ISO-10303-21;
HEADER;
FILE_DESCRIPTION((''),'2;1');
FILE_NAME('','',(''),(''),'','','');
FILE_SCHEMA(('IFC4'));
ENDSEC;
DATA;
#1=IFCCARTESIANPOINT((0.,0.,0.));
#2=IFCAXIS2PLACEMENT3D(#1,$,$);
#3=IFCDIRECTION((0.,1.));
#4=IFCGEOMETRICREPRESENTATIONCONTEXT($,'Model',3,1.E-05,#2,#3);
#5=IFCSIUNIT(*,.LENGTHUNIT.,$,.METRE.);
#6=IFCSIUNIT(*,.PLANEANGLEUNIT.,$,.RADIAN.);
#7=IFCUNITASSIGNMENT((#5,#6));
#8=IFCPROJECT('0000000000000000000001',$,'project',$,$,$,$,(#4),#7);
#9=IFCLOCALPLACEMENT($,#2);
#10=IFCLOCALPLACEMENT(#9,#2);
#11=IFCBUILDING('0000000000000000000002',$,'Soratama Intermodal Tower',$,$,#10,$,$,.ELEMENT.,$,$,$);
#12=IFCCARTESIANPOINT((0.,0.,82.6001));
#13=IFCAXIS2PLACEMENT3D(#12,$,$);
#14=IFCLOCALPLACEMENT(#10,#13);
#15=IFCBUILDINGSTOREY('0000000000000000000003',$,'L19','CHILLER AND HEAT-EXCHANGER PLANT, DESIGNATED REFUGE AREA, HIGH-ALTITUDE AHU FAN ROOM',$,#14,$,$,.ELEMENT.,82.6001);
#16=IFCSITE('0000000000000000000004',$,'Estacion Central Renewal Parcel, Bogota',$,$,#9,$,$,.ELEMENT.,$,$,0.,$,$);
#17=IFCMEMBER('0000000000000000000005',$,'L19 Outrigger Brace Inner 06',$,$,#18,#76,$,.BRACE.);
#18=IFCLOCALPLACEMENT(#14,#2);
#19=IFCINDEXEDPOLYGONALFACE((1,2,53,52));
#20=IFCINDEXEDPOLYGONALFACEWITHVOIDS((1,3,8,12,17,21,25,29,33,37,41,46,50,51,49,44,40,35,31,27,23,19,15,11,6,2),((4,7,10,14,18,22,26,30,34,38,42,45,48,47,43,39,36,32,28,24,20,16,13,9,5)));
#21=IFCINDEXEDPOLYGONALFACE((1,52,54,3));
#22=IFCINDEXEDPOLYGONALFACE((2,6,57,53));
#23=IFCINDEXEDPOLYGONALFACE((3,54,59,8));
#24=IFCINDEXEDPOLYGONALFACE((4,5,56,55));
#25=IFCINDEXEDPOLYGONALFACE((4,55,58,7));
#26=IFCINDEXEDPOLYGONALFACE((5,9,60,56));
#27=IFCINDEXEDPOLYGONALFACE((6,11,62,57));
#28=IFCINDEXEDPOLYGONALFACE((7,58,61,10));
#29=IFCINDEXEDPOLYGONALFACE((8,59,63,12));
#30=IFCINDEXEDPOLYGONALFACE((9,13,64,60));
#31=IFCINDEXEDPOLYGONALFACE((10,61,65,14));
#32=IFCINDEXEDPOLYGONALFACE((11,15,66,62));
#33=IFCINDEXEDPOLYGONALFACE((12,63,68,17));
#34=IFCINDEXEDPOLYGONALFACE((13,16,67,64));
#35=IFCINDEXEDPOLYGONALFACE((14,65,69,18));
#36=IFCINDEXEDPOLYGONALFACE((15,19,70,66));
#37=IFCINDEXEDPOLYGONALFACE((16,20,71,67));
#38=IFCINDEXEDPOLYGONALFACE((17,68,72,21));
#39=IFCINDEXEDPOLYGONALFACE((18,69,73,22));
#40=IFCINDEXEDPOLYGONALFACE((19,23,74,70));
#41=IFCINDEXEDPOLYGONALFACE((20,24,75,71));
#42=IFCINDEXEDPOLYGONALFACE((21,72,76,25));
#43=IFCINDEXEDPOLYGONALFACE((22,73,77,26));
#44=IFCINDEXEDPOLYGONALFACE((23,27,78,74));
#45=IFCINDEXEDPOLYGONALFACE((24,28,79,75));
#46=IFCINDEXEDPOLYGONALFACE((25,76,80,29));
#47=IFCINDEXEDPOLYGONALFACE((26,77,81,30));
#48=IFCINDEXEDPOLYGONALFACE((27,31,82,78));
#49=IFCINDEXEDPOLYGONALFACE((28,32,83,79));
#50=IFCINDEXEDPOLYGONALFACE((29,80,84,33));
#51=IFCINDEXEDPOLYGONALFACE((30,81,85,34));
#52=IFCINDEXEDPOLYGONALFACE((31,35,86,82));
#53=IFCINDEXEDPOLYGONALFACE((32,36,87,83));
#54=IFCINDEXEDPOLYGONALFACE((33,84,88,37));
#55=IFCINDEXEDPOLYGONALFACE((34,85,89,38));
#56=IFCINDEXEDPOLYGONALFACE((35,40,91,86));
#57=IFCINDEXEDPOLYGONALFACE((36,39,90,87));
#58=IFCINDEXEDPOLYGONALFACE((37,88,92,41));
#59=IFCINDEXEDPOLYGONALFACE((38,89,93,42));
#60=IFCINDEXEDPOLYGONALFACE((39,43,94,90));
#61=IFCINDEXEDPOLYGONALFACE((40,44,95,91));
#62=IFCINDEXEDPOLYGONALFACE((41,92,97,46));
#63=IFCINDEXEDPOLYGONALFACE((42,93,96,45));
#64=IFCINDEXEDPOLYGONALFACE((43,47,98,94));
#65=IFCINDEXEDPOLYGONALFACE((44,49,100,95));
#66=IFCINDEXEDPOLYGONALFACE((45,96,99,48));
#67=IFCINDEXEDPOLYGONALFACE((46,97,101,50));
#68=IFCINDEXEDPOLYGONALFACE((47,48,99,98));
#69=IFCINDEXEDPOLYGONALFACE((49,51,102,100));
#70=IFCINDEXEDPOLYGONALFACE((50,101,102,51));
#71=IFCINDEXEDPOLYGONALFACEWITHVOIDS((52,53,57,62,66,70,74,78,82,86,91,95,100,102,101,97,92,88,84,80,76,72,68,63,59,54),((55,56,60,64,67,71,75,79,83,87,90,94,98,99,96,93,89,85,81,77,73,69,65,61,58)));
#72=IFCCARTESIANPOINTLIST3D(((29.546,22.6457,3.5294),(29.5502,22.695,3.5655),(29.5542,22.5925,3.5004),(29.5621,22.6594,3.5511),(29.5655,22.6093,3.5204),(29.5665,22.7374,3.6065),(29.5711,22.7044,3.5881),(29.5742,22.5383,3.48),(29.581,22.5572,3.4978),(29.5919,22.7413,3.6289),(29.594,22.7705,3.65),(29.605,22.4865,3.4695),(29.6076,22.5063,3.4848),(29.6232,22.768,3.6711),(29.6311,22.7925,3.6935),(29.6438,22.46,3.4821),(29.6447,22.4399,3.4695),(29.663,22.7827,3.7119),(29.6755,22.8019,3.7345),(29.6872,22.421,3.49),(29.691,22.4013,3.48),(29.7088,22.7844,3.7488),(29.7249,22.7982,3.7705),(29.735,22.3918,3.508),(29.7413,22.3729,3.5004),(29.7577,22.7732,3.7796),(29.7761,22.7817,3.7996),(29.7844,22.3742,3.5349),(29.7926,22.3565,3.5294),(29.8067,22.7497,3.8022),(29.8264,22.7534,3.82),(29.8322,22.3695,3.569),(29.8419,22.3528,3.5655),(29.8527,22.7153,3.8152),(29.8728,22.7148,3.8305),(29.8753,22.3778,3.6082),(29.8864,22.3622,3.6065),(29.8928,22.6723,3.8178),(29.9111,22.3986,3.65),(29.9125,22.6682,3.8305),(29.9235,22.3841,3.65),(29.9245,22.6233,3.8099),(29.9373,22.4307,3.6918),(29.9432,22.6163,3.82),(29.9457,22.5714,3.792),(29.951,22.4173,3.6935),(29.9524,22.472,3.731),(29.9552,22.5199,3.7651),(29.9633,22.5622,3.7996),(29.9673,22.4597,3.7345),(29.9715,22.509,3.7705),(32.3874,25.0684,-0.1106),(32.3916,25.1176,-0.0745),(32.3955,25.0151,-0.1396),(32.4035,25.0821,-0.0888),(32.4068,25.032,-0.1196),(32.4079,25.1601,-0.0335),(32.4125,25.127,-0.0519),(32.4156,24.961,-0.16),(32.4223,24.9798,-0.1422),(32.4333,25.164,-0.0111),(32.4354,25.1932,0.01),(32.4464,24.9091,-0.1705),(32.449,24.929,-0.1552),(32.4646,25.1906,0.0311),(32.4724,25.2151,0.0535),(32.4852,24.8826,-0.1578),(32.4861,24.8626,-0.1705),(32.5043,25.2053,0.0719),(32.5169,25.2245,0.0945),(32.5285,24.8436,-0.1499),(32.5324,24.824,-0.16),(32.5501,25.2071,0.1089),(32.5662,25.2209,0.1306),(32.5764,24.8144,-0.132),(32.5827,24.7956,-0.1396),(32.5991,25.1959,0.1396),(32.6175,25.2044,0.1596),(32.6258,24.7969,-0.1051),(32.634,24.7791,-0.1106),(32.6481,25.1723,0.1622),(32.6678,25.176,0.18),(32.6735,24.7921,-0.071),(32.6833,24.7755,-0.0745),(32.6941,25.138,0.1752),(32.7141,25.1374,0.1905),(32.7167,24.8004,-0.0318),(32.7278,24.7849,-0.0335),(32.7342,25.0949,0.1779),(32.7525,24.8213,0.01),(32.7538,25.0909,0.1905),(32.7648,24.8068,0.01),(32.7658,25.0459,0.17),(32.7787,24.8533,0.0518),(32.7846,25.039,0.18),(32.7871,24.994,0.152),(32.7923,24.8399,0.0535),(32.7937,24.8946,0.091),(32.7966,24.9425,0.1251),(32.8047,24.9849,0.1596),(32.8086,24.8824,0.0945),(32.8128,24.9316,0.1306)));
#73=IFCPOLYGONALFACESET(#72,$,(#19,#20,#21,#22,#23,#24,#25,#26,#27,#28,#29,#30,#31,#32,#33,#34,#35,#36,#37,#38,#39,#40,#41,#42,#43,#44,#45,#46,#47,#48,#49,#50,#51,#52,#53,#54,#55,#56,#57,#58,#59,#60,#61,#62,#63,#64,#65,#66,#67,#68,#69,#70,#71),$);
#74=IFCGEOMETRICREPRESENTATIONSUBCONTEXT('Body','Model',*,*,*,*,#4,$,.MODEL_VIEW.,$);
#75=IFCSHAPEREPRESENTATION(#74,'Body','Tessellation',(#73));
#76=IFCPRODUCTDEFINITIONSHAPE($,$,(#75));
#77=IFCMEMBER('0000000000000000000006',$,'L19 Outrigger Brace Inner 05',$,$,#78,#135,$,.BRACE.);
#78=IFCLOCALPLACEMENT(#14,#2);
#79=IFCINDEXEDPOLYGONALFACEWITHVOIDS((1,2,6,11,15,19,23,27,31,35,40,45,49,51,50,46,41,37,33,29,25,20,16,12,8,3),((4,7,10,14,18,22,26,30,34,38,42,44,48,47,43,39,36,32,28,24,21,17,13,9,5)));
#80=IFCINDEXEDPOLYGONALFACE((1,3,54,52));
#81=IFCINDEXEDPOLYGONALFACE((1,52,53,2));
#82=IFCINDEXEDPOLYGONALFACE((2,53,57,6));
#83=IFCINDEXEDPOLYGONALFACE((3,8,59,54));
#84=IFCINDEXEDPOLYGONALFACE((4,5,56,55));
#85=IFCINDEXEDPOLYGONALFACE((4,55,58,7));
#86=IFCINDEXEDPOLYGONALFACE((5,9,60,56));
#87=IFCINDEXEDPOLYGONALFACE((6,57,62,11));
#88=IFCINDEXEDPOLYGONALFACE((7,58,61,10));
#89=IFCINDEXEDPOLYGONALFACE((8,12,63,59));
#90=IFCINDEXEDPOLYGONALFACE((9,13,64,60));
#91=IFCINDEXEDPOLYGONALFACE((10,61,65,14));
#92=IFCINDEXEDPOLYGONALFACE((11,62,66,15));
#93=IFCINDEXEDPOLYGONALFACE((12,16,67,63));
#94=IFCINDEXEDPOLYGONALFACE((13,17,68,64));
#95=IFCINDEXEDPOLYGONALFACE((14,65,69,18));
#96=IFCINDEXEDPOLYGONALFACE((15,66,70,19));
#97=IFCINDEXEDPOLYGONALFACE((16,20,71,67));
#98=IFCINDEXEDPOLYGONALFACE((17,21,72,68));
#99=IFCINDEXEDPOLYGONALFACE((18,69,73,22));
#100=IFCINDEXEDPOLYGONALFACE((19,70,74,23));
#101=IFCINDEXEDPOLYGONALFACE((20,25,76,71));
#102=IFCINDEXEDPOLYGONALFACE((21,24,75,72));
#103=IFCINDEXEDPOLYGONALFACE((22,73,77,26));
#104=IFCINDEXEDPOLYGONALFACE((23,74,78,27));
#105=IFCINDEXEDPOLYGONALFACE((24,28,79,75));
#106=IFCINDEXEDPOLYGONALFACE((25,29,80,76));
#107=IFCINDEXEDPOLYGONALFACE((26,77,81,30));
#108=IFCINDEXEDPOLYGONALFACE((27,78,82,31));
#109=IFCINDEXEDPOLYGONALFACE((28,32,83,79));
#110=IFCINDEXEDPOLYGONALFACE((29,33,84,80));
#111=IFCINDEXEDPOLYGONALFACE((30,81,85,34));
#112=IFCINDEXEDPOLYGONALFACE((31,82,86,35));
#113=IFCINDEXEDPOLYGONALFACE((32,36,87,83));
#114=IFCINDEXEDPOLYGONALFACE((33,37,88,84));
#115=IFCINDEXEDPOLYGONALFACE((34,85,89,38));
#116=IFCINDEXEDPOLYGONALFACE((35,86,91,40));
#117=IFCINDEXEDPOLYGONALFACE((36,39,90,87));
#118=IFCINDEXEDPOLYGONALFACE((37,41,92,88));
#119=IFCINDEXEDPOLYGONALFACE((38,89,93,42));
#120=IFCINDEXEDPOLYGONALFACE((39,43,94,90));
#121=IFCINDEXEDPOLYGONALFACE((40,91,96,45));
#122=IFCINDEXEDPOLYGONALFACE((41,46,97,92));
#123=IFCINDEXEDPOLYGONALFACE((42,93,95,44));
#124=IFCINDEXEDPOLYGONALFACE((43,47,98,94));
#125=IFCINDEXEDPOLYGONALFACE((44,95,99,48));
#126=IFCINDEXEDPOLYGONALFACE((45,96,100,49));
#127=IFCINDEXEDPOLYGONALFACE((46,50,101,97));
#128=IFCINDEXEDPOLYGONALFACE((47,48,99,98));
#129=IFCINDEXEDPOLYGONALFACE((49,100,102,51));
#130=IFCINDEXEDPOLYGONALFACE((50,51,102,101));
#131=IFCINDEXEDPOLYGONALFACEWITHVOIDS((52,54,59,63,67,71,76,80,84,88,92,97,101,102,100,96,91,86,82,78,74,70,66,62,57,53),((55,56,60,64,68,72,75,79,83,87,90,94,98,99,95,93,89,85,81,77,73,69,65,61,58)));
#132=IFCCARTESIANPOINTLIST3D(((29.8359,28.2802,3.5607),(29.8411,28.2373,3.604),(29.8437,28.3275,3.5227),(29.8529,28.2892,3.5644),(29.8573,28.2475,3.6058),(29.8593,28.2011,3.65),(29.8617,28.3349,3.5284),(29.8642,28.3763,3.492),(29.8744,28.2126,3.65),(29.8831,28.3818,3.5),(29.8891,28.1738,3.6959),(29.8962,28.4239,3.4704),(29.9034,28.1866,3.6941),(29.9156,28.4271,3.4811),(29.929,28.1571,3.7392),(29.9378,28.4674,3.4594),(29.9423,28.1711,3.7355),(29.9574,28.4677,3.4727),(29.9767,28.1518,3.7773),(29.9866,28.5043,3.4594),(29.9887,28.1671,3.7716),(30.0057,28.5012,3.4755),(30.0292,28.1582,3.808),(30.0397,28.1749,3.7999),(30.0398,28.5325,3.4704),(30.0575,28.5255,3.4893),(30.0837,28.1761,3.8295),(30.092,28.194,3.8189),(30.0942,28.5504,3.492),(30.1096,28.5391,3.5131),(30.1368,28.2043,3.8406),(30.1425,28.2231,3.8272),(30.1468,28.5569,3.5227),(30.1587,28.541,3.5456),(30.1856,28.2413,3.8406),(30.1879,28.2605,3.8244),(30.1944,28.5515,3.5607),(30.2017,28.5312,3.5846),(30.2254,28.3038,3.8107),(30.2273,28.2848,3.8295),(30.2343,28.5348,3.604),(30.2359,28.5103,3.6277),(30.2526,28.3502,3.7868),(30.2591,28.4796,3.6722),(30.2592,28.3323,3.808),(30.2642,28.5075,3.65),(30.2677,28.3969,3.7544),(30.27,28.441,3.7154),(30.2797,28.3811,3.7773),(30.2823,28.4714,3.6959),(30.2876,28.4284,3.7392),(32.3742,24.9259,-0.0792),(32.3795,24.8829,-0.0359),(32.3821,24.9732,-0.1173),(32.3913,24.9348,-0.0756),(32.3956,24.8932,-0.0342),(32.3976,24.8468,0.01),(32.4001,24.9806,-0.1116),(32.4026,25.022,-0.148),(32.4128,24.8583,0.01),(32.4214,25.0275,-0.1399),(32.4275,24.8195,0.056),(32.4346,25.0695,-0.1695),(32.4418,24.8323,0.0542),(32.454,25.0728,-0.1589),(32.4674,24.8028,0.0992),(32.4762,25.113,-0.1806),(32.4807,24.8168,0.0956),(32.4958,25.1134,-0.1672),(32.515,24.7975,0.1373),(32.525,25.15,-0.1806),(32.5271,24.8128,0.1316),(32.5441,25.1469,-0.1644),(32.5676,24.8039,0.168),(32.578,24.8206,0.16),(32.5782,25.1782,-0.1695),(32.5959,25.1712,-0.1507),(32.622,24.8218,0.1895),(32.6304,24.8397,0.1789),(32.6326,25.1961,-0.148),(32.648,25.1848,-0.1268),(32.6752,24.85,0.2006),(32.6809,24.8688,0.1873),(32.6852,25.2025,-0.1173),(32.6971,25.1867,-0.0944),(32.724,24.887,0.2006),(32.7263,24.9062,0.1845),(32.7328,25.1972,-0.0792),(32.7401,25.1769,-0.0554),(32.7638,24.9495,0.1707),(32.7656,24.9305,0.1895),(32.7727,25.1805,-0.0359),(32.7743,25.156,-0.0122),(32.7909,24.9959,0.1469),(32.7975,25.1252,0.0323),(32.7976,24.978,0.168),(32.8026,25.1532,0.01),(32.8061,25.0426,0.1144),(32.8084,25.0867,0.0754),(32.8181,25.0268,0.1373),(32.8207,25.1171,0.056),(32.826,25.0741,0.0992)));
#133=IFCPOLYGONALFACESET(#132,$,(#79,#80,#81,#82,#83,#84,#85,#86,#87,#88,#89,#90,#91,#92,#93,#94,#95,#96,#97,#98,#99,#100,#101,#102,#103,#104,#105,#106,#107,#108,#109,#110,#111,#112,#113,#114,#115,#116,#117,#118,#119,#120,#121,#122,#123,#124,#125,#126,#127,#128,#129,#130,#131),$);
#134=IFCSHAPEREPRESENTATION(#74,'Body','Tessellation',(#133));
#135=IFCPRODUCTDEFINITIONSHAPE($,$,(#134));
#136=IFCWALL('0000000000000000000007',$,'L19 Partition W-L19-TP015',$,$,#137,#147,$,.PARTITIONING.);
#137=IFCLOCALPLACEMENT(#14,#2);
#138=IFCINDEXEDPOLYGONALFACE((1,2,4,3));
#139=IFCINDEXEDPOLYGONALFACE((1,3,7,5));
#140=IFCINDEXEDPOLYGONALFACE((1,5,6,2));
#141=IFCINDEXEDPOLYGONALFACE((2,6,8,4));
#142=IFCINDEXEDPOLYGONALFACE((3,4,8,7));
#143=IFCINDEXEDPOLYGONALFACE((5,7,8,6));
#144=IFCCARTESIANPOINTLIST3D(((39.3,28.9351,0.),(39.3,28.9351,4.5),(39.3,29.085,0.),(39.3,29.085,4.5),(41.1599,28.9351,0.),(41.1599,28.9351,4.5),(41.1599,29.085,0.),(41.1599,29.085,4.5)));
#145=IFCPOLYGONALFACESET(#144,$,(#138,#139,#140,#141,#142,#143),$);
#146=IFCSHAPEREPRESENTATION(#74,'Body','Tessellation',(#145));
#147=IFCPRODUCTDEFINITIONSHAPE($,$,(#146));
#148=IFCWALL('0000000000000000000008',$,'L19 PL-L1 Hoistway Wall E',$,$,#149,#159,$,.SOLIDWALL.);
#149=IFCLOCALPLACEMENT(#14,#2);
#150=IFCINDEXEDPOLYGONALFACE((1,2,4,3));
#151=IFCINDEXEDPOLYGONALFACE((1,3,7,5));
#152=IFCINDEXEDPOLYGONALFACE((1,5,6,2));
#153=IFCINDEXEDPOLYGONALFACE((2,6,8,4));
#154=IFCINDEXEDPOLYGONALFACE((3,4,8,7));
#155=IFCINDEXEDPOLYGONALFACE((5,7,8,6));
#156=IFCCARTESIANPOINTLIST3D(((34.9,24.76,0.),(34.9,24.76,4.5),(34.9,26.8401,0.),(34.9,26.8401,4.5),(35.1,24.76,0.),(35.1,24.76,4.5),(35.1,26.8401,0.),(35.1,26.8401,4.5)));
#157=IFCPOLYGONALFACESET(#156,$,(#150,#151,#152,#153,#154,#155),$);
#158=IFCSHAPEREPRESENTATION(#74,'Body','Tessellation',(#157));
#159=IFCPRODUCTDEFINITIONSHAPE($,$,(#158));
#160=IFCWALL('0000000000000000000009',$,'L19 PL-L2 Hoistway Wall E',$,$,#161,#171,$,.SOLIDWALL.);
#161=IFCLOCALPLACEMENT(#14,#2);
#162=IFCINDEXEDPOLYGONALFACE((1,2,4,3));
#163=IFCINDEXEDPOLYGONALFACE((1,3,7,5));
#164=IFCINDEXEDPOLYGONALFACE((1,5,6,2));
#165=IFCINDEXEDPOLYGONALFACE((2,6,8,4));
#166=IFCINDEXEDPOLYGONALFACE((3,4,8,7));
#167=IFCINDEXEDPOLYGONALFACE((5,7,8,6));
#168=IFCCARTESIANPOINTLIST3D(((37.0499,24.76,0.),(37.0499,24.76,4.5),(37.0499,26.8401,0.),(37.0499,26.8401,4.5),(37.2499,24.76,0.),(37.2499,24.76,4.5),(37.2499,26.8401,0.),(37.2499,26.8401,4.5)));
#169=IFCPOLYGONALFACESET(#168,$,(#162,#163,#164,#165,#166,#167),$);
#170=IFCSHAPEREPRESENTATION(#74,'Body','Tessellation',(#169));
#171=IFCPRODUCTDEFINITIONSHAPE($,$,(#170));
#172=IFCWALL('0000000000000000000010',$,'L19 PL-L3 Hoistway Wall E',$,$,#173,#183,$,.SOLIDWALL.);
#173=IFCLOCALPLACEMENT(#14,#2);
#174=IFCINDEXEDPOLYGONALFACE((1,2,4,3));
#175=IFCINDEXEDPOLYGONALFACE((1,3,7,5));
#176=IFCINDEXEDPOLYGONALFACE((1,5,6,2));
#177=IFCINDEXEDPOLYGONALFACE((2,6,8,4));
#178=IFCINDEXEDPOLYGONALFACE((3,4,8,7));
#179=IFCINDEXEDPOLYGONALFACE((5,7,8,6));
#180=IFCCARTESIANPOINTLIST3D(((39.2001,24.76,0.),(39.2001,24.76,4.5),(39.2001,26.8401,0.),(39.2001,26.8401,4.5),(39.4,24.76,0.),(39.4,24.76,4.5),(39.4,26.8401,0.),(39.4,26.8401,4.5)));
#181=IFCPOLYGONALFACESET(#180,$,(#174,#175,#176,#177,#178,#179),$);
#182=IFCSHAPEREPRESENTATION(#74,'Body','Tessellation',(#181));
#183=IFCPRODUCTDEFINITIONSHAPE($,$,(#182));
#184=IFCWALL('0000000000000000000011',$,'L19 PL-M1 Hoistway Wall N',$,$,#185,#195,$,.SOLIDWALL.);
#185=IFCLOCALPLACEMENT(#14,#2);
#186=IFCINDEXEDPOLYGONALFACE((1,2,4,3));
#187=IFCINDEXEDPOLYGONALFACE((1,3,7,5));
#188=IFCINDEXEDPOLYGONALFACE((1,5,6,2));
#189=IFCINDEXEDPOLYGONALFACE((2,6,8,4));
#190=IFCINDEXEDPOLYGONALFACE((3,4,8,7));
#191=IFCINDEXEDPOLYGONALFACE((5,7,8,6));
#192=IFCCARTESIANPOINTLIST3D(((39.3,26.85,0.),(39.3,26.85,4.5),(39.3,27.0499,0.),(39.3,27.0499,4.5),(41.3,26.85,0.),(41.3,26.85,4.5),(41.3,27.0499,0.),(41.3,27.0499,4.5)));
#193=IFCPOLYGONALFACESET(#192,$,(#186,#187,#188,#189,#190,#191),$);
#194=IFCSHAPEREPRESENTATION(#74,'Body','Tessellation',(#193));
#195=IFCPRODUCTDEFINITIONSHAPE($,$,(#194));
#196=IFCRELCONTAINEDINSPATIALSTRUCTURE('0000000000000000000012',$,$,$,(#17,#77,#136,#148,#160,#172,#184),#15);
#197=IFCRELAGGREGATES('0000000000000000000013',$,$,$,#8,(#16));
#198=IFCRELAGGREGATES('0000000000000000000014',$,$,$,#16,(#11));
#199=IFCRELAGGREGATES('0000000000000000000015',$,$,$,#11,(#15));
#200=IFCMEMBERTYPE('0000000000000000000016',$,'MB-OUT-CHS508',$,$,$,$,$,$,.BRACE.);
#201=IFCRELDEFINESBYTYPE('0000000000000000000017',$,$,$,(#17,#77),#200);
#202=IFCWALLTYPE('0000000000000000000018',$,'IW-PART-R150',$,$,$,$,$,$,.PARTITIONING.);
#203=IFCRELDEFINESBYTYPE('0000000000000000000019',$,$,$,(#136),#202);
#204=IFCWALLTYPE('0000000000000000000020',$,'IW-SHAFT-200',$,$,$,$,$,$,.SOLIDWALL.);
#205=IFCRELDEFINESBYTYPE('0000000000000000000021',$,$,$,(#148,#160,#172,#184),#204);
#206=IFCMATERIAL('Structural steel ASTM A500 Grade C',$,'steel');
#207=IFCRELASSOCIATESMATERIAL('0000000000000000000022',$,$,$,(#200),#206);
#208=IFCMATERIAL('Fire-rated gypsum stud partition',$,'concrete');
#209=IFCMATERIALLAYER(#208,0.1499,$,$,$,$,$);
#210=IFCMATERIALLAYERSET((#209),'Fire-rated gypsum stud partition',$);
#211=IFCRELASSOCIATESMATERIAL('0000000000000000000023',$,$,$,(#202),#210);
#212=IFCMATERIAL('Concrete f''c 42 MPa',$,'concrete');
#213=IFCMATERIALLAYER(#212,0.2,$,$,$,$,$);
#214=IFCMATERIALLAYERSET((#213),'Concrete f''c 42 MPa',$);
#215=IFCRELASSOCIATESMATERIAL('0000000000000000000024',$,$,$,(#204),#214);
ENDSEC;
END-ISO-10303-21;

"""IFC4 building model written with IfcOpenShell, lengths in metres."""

from ifc_helpers import new_model, si_unit, direction, frame, frame_2d, origin, origin_2d, place, context, subcontext, project, spatial, rectangle, hollow_circle, extrude, material, layer, layer_set, material_profile, profile_set, type_object, element, save


model = new_model("IFC4")

# Units and contexts
model_context = context("Model", 3, precision=1e-05, world=origin(), true_north=direction((0.0, 1.0)))
body_context = subcontext(model_context, "Body", "Model", "MODEL_VIEW")
ifc_project = project(units=[si_unit("LENGTHUNIT", "METRE"), si_unit("PLANEANGLEUNIT", "RADIAN")], contexts=[model_context])

# Site, building, storey
site_placement = place(None, origin())
site = spatial("IfcSite", under=ifc_project, at=site_placement, Name="Estacion Central Renewal Parcel, Bogota", CompositionType="ELEMENT", RefElevation=0.0)
building_placement = place(site_placement, origin())
building = spatial("IfcBuilding", under=site, at=building_placement, Name="Soratama Intermodal Tower", CompositionType="ELEMENT")
storey_placement = place(building_placement, frame((0.0, 0.0, 82.6001)))
storey = spatial("IfcBuildingStorey", under=building, at=storey_placement, Name="L19", Description="CHILLER AND HEAT-EXCHANGER PLANT, DESIGNATED REFUGE AREA, HIGH-ALTITUDE AHU FAN ROOM", CompositionType="ELEMENT", Elevation=82.6001)

# Members
ifc_material_1 = material(Name="Structural steel ASTM A500 Grade C", Category="steel")
ifc_material_profile_1 = material_profile(ifc_material_1, hollow_circle(Radius=0.2539, WallThickness=0.019, at=origin_2d()), Name="CHS508X19")
ifc_profile_set_1 = profile_set([ifc_material_profile_1], Name="Structural steel ASTM A500 Grade C")
member_type_1 = type_object("IfcMemberType", Name="MB-OUT-CHS508", PredefinedType="BRACE", material=ifc_profile_set_1)
member_1_placement = place(storey_placement, frame((32.6001, 25.0, 0.01), z_axis=(-0.544887, -0.464592, 0.698035), x_axis=(0.648813, -0.760948, 0.0)))
element("IfcMember", 1, at=member_1_placement, inside=storey, type_object=member_type_1, Name="L19 Outrigger Brace Inner 06", PredefinedType="BRACE", context=body_context, shape_type="SweptSolid", body=[
    extrude(hollow_circle(Radius=0.2539, WallThickness=0.019, at=origin_2d()), origin(), (0.0, 0.0, 1.0), 5.2146),
])
member_2_placement = place(storey_placement, frame((32.6001, 25.0, 0.01), z_axis=(-0.456318, 0.602996, 0.654347), x_axis=(-0.797409, -0.60344, 0.0)))
element("IfcMember", 2, at=member_2_placement, inside=storey, type_object=member_type_1, Name="L19 Outrigger Brace Inner 05", PredefinedType="BRACE", context=body_context, shape_type="SweptSolid", body=[
    extrude(hollow_circle(Radius=0.2539, WallThickness=0.019, at=origin_2d()), origin(), (0.0, 0.0, 1.0), 5.5627),
])

# Wall
ifc_material_2 = material(Name="Fire-rated gypsum stud partition", Category="concrete")
ifc_layer_1 = layer(ifc_material_2, 0.1499)
ifc_layer_set_1 = layer_set([ifc_layer_1], Name="Fire-rated gypsum stud partition")
wall_type_1 = type_object("IfcWallType", Name="IW-PART-R150", PredefinedType="PARTITIONING", material=ifc_layer_set_1)
wall_1_placement = place(storey_placement, frame((39.3, 29.01, 0.0), z_axis=(0.0, 0.0, 1.0), x_axis=(1.0, 0.0, 0.0)))
element("IfcWall", 3, at=wall_1_placement, inside=storey, type_object=wall_type_1, Name="L19 Partition W-L19-TP015", PredefinedType="PARTITIONING", context=body_context, shape_type="SweptSolid", body=[
    extrude(rectangle(XDim=1.8599, YDim=0.1499, at=frame_2d((0.9299, 0.0))), origin(), (0.0, 0.0, 1.0), 4.5),
])

# Shared definitions
ifc_material_3 = material(Name="Concrete f'c 42 MPa", Category="concrete")
ifc_layer_2 = layer(ifc_material_3, 0.2)
ifc_layer_set_2 = layer_set([ifc_layer_2], Name="Concrete f'c 42 MPa")
wall_type_2 = type_object("IfcWallType", Name="IW-SHAFT-200", PredefinedType="SOLIDWALL", material=ifc_layer_set_2)

# Wall
wall_2_placement = place(storey_placement, frame((35.0, 24.76, 0.0), z_axis=(0.0, 0.0, 1.0), x_axis=(0.0, 1.0, 0.0)))
element("IfcWall", 4, at=wall_2_placement, inside=storey, type_object=wall_type_2, Name="L19 PL-L1 Hoistway Wall E", PredefinedType="SOLIDWALL", context=body_context, shape_type="SweptSolid", body=[
    extrude(rectangle(XDim=2.0801, YDim=0.2, at=frame_2d((1.04, 0.0))), origin(), (0.0, 0.0, 1.0), 4.5),
])

# Wall
wall_3_placement = place(storey_placement, frame((37.1499, 24.76, 0.0), z_axis=(0.0, 0.0, 1.0), x_axis=(0.0, 1.0, 0.0)))
element("IfcWall", 5, at=wall_3_placement, inside=storey, type_object=wall_type_2, Name="L19 PL-L2 Hoistway Wall E", PredefinedType="SOLIDWALL", context=body_context, shape_type="SweptSolid", body=[
    extrude(rectangle(XDim=2.0801, YDim=0.2, at=frame_2d((1.04, 0.0))), origin(), (0.0, 0.0, 1.0), 4.5),
])

# Walls
wall_4_placement = place(storey_placement, frame((39.3, 24.76, 0.0), z_axis=(0.0, 0.0, 1.0), x_axis=(0.0, 1.0, 0.0)))
element("IfcWall", 6, at=wall_4_placement, inside=storey, type_object=wall_type_2, Name="L19 PL-L3 Hoistway Wall E", PredefinedType="SOLIDWALL", context=body_context, shape_type="SweptSolid", body=[
    extrude(rectangle(XDim=2.0801, YDim=0.2, at=frame_2d((1.04, 0.0))), origin(), (0.0, 0.0, 1.0), 4.5),
])
wall_5_placement = place(storey_placement, frame((39.3, 26.95, 0.0), z_axis=(0.0, 0.0, 1.0), x_axis=(1.0, 0.0, 0.0)))
element("IfcWall", 7, at=wall_5_placement, inside=storey, type_object=wall_type_2, Name="L19 PL-M1 Hoistway Wall N", PredefinedType="SOLIDWALL", context=body_context, shape_type="SweptSolid", body=[
    extrude(rectangle(XDim=2.0, YDim=0.2, at=frame_2d((1.0, 0.0))), origin(), (0.0, 0.0, 1.0), 4.5),
])

save(model, "model.ifc")
